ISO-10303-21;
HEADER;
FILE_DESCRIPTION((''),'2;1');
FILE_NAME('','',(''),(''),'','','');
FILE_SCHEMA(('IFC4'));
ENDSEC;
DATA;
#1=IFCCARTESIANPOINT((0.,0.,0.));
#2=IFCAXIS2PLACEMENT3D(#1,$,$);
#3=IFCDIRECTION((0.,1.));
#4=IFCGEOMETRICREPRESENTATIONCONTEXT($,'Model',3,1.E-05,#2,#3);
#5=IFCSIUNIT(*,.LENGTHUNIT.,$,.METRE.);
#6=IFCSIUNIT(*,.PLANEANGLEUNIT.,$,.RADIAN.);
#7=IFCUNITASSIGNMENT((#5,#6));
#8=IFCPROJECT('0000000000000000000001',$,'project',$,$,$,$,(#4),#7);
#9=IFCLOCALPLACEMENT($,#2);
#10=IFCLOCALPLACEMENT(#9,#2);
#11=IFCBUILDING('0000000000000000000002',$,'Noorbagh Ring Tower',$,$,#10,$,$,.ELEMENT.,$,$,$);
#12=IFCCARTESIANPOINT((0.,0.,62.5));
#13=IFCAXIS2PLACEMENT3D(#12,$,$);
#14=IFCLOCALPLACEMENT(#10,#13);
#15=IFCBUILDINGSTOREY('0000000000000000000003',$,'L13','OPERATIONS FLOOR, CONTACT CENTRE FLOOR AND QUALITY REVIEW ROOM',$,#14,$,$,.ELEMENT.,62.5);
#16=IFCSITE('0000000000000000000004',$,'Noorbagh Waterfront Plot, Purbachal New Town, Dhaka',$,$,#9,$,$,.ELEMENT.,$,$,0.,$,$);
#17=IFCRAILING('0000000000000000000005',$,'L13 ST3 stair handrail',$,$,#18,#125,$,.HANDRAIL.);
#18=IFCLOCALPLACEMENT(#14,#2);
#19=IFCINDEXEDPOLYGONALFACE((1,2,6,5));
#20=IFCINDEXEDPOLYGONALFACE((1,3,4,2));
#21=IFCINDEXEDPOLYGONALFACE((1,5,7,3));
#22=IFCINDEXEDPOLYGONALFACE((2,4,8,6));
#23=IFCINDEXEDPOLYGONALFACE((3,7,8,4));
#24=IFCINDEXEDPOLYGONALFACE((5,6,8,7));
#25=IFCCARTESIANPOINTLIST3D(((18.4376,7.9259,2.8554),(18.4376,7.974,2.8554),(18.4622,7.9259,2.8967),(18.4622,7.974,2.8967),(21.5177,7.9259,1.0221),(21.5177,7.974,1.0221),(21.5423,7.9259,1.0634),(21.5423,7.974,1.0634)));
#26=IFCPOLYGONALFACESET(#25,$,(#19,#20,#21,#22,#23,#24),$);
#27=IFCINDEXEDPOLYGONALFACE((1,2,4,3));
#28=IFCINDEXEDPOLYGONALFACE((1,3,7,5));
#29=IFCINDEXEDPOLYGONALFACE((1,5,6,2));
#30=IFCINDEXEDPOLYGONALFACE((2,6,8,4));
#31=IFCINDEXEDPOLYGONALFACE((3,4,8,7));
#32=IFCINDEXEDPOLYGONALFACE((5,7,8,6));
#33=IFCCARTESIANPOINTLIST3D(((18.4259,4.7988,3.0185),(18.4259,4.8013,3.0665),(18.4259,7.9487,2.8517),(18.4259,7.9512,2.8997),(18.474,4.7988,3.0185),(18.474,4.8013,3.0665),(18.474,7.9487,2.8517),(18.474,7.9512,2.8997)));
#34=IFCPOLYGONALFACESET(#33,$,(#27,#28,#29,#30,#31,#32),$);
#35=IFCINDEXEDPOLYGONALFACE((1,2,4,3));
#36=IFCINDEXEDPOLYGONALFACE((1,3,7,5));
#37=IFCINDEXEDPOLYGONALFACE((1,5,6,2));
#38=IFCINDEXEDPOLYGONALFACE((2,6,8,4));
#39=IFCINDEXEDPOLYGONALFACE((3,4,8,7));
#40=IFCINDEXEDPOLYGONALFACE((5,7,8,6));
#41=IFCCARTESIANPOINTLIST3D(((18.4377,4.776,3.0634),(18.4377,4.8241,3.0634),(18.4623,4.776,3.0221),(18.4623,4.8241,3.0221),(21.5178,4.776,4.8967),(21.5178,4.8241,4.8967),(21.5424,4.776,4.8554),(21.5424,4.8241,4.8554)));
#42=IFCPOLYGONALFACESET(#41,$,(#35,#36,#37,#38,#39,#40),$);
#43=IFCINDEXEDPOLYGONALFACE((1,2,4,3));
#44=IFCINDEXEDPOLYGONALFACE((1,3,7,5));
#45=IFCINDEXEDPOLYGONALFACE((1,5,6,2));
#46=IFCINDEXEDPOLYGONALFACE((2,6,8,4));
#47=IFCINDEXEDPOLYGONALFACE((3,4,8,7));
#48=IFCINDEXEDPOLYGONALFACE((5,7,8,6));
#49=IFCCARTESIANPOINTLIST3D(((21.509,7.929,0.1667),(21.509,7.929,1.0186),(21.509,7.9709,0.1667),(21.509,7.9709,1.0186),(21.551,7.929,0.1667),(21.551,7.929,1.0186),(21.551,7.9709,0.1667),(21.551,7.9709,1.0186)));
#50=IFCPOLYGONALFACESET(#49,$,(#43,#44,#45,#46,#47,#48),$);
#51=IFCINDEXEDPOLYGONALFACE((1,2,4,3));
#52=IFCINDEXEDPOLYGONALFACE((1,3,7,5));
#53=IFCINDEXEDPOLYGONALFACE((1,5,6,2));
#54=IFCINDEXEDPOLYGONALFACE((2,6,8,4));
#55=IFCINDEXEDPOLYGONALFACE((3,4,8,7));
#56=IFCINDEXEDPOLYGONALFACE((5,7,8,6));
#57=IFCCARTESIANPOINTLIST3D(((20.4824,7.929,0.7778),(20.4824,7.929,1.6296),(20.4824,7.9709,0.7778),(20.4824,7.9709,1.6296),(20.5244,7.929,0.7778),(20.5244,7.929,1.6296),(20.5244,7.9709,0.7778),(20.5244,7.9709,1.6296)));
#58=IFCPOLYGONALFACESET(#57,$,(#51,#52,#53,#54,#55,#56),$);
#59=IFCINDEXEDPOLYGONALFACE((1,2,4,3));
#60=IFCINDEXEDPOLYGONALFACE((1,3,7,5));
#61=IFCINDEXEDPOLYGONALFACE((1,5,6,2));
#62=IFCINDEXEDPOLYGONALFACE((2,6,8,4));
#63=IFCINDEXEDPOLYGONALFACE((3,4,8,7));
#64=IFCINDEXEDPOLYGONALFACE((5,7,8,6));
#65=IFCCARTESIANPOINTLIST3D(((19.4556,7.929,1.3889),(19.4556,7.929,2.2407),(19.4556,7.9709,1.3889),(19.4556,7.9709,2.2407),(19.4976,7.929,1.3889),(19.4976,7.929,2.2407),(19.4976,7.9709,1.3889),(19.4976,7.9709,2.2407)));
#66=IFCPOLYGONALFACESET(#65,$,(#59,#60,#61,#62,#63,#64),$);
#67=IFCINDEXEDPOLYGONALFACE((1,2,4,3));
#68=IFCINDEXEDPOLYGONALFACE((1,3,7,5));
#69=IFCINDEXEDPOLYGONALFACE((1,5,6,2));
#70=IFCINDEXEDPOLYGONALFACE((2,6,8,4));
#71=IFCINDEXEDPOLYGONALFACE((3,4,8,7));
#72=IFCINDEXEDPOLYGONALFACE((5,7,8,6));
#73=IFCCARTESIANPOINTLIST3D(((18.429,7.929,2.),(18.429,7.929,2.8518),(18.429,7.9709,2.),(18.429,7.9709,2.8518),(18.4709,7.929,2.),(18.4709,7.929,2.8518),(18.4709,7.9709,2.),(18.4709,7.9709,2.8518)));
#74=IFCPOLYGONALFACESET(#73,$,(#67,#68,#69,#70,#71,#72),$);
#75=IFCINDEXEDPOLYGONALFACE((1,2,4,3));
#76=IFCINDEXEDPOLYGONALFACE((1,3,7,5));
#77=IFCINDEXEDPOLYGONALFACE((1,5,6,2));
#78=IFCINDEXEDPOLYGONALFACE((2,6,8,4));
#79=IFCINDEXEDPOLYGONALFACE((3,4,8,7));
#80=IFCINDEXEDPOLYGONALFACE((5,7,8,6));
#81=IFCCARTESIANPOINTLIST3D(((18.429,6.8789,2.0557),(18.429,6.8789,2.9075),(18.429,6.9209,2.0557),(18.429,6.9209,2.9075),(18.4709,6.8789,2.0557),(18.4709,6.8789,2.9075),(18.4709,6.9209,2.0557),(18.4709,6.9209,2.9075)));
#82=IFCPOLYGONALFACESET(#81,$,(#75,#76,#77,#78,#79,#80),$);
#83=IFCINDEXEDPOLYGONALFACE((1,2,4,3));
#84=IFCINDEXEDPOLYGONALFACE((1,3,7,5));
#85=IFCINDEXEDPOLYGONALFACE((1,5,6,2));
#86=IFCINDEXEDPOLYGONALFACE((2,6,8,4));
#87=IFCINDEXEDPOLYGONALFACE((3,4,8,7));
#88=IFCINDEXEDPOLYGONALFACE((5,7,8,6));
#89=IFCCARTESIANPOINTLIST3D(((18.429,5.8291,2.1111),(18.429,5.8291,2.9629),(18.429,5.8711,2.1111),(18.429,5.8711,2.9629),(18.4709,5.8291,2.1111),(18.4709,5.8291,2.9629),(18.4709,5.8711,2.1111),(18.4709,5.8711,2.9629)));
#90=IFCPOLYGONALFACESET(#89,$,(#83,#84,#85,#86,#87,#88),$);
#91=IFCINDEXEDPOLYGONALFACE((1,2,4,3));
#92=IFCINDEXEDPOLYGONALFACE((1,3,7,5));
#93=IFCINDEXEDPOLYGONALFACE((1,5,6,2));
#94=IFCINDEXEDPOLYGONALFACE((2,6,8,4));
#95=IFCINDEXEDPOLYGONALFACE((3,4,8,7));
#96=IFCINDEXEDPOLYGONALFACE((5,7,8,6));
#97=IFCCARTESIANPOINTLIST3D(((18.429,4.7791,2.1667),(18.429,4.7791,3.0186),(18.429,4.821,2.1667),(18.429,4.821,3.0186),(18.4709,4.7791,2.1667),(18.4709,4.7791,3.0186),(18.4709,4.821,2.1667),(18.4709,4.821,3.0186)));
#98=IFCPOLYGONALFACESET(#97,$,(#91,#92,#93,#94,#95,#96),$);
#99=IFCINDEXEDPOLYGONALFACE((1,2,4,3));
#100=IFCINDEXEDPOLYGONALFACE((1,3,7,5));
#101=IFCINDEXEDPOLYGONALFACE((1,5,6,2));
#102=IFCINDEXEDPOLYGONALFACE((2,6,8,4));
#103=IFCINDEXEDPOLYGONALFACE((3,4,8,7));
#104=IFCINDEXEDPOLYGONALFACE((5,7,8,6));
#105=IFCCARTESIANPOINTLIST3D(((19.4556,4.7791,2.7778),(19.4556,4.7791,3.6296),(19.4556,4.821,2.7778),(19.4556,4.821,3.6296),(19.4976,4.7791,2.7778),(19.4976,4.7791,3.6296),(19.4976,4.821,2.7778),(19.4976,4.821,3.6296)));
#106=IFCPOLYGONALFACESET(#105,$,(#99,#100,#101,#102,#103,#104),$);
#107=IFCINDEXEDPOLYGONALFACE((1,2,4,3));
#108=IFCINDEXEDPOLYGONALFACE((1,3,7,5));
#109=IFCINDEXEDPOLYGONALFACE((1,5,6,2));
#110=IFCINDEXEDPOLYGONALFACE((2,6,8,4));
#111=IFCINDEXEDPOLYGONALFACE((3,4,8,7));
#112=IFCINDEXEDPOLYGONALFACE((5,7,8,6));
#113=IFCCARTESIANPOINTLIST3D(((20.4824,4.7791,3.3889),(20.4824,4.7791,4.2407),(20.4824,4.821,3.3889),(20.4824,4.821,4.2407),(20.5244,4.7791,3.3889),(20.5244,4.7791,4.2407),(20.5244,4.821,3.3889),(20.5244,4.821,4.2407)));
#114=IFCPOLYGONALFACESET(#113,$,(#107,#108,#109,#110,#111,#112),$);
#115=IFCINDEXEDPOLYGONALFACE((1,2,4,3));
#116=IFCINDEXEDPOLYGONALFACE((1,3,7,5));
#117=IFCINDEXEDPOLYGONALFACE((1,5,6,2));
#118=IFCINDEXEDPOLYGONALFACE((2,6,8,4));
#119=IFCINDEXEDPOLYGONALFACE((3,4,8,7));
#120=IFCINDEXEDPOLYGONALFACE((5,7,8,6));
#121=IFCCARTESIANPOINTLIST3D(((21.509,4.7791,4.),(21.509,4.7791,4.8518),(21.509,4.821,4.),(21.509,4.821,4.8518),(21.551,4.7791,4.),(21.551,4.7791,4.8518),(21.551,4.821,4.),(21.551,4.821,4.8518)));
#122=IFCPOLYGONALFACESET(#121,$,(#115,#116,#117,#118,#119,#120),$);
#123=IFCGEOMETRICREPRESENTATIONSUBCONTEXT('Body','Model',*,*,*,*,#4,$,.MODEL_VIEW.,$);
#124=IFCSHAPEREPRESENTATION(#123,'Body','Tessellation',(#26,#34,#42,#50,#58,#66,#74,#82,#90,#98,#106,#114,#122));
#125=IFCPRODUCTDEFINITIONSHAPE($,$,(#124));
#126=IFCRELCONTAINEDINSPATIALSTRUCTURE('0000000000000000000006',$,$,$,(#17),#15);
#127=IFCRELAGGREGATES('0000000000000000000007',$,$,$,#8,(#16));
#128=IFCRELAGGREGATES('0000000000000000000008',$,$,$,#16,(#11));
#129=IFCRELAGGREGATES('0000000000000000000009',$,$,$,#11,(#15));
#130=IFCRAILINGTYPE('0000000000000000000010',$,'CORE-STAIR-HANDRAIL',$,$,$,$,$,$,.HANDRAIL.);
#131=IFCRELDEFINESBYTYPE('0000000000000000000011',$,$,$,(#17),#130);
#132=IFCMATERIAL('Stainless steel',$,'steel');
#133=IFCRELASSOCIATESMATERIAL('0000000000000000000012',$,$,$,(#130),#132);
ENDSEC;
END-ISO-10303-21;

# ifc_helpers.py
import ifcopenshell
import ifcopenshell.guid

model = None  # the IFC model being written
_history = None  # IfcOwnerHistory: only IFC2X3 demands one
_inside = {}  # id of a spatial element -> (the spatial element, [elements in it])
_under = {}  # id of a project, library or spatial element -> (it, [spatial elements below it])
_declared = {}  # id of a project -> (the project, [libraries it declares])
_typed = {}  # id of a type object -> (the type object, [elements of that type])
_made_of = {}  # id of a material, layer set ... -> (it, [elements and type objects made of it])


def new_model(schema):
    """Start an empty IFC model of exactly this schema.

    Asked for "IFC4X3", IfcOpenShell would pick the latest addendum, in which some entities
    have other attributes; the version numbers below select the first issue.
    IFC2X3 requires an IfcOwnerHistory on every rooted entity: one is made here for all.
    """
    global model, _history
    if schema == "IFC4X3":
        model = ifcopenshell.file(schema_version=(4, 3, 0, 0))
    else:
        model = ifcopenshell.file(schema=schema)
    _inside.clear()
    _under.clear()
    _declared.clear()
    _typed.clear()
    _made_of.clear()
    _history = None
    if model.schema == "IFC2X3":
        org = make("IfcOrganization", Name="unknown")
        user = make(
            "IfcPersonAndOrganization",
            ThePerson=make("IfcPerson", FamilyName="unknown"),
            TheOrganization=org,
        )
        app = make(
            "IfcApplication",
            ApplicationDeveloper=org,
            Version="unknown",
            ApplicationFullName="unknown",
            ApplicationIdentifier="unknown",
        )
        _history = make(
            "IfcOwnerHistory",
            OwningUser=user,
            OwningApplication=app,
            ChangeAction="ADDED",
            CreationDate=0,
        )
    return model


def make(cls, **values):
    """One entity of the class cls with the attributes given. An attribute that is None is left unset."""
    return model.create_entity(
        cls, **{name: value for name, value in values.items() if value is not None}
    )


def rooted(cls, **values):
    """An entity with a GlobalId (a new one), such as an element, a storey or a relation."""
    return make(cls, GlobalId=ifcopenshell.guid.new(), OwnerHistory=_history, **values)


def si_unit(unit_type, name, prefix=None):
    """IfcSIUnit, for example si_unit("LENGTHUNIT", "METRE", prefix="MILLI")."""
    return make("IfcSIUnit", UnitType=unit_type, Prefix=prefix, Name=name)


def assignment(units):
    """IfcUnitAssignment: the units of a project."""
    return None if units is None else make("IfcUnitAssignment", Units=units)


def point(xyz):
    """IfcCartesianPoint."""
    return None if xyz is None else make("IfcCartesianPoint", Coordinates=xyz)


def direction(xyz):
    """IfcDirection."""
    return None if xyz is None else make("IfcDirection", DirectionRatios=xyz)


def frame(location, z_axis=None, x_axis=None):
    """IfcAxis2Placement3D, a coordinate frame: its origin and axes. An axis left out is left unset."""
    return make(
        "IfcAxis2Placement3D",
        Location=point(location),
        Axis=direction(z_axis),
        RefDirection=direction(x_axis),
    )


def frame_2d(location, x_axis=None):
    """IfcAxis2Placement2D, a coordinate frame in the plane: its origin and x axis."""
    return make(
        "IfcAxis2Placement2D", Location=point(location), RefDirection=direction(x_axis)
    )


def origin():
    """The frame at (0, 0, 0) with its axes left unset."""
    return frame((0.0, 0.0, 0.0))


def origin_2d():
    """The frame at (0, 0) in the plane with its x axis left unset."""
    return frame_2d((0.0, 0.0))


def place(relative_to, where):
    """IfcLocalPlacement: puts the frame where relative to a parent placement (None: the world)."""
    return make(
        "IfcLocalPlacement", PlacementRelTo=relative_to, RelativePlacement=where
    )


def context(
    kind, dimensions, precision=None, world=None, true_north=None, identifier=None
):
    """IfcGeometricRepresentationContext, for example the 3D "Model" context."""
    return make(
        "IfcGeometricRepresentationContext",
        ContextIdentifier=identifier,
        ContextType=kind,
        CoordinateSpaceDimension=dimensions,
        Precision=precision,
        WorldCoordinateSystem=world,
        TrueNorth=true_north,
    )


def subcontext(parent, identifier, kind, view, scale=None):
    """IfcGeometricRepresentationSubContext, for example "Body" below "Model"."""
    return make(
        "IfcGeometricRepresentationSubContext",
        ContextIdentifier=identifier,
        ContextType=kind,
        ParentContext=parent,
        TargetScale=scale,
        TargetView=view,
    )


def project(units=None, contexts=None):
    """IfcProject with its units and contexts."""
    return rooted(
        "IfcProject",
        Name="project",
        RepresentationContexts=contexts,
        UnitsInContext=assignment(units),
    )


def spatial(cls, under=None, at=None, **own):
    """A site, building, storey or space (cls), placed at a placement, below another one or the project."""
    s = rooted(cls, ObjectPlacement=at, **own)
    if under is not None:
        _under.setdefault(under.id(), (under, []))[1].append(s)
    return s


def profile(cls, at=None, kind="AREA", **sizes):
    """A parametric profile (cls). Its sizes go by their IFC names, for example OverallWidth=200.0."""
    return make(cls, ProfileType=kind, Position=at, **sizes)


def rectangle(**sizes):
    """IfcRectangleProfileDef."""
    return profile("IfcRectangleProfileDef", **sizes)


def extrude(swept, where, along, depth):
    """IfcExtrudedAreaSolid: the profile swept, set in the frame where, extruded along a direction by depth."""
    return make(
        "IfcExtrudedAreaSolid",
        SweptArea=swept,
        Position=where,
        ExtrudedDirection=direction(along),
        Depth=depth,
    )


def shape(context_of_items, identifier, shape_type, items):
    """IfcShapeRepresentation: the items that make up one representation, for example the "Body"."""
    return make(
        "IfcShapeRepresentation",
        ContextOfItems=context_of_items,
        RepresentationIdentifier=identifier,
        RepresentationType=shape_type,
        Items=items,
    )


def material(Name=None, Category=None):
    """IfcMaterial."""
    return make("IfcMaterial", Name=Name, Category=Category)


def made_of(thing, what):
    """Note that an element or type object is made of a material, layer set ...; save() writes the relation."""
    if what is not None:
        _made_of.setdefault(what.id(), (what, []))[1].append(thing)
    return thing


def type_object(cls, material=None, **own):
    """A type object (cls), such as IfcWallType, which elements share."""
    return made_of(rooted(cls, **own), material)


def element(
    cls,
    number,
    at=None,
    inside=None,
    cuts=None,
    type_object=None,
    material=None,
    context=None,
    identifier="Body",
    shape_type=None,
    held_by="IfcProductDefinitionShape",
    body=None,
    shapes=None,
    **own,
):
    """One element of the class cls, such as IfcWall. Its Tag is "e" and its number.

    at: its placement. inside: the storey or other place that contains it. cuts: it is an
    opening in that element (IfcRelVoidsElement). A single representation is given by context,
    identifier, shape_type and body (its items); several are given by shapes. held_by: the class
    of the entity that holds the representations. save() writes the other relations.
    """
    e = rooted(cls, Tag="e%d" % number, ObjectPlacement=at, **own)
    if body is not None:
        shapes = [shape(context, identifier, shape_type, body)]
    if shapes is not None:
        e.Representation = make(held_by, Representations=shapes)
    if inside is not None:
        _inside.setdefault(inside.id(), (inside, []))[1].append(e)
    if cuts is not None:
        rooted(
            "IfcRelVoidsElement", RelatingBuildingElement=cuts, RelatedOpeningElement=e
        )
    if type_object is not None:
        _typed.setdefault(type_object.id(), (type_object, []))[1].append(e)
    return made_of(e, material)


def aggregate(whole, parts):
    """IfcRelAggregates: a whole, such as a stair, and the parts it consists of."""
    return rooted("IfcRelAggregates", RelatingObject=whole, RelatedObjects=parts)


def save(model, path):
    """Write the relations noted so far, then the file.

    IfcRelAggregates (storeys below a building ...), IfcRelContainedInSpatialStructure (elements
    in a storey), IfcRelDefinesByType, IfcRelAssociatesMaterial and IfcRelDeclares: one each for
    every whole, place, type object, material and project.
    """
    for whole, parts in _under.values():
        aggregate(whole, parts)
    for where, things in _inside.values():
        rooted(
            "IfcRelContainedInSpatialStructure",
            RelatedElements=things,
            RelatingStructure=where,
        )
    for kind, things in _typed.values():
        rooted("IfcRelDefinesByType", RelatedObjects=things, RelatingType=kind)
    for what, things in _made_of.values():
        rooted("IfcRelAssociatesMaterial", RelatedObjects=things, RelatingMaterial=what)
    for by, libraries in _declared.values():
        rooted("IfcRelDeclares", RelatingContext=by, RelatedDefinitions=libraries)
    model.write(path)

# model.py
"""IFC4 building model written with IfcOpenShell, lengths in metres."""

from ifc_helpers import new_model, si_unit, direction, frame, origin, origin_2d, place, context, subcontext, project, spatial, rectangle, extrude, material, type_object, element, save


model = new_model("IFC4")

# Units and contexts
model_context = context("Model", 3, precision=1e-05, world=origin(), true_north=direction((0.0, 1.0)))
body_context = subcontext(model_context, "Body", "Model", "MODEL_VIEW")
ifc_project = project(units=[si_unit("LENGTHUNIT", "METRE"), si_unit("PLANEANGLEUNIT", "RADIAN")], contexts=[model_context])

# Site, building, storey
site_placement = place(None, origin())
site = spatial("IfcSite", under=ifc_project, at=site_placement, Name="Noorbagh Waterfront Plot, Purbachal New Town, Dhaka", CompositionType="ELEMENT", RefElevation=0.0)
building_placement = place(site_placement, origin())
building = spatial("IfcBuilding", under=site, at=building_placement, Name="Noorbagh Ring Tower", CompositionType="ELEMENT")
storey_placement = place(building_placement, frame((0.0, 0.0, 62.5)))
storey = spatial("IfcBuildingStorey", under=building, at=storey_placement, Name="L13", Description="OPERATIONS FLOOR, CONTACT CENTRE FLOOR AND QUALITY REVIEW ROOM", CompositionType="ELEMENT", Elevation=62.5)

# Railing
ifc_material_1 = material(Name="Stainless steel", Category="steel")
railing_type_1 = type_object("IfcRailingType", Name="CORE-STAIR-HANDRAIL", PredefinedType="HANDRAIL", material=ifc_material_1)
railing_1_placement = place(storey_placement, frame((21.53, 7.95, 0.1667)))
element("IfcRailing", 1, at=railing_1_placement, inside=storey, type_object=railing_type_1, Name="L13 ST3 stair handrail", PredefinedType="HANDRAIL", context=body_context, shape_type="SweptSolid", body=[
    extrude(rectangle(XDim=0.0481, YDim=0.0481, at=origin_2d()), frame((0.0, 0.0, 0.876), z_axis=(-0.859309, 0.0, 0.511458), x_axis=(0.0, -1.0, 0.0)), (0.0, 0.0, 1.0), 3.5845),
    extrude(rectangle(XDim=0.0481, YDim=0.0481, at=origin_2d()), frame((-3.0801, 0.0, 2.709), z_axis=(0.0, -0.998602, 0.052864), x_axis=(1.0, 0.0, 0.0)), (0.0, 0.0, 1.0), 3.1543),
    extrude(rectangle(XDim=0.0481, YDim=0.0481, at=origin_2d()), frame((-3.0801, -3.1499, 2.876), z_axis=(0.859309, 0.0, 0.511458), x_axis=(0.0, 1.0, 0.0)), (0.0, 0.0, 1.0), 3.5845),
    extrude(rectangle(XDim=0.042, YDim=0.042, at=origin_2d()), origin(), (0.0, 0.0, 1.0), 0.8518),
    extrude(rectangle(XDim=0.042, YDim=0.042, at=origin_2d()), frame((-1.0266, 0.0, 0.6111)), (0.0, 0.0, 1.0), 0.8518),
    extrude(rectangle(XDim=0.042, YDim=0.042, at=origin_2d()), frame((-2.0535, 0.0, 1.2222)), (0.0, 0.0, 1.0), 0.8518),
    extrude(rectangle(XDim=0.042, YDim=0.042, at=origin_2d()), frame((-3.0801, 0.0, 1.8333)), (0.0, 0.0, 1.0), 0.8518),
    extrude(rectangle(XDim=0.042, YDim=0.042, at=origin_2d()), frame((-3.0801, -1.05, 1.8889)), (0.0, 0.0, 1.0), 0.8518),
    extrude(rectangle(XDim=0.042, YDim=0.042, at=origin_2d()), frame((-3.0801, -2.0999, 1.9443)), (0.0, 0.0, 1.0), 0.8518),
    extrude(rectangle(XDim=0.042, YDim=0.042, at=origin_2d()), frame((-3.0801, -3.1499, 2.0)), (0.0, 0.0, 1.0), 0.8518),
    extrude(rectangle(XDim=0.042, YDim=0.042, at=origin_2d()), frame((-2.0535, -3.1499, 2.6111)), (0.0, 0.0, 1.0), 0.8518),
    extrude(rectangle(XDim=0.042, YDim=0.042, at=origin_2d()), frame((-1.0266, -3.1499, 3.2222)), (0.0, 0.0, 1.0), 0.8518),
    extrude(rectangle(XDim=0.042, YDim=0.042, at=origin_2d()), frame((0.0, -3.1499, 3.8333)), (0.0, 0.0, 1.0), 0.8518),
])

save(model, "model.ifc")
